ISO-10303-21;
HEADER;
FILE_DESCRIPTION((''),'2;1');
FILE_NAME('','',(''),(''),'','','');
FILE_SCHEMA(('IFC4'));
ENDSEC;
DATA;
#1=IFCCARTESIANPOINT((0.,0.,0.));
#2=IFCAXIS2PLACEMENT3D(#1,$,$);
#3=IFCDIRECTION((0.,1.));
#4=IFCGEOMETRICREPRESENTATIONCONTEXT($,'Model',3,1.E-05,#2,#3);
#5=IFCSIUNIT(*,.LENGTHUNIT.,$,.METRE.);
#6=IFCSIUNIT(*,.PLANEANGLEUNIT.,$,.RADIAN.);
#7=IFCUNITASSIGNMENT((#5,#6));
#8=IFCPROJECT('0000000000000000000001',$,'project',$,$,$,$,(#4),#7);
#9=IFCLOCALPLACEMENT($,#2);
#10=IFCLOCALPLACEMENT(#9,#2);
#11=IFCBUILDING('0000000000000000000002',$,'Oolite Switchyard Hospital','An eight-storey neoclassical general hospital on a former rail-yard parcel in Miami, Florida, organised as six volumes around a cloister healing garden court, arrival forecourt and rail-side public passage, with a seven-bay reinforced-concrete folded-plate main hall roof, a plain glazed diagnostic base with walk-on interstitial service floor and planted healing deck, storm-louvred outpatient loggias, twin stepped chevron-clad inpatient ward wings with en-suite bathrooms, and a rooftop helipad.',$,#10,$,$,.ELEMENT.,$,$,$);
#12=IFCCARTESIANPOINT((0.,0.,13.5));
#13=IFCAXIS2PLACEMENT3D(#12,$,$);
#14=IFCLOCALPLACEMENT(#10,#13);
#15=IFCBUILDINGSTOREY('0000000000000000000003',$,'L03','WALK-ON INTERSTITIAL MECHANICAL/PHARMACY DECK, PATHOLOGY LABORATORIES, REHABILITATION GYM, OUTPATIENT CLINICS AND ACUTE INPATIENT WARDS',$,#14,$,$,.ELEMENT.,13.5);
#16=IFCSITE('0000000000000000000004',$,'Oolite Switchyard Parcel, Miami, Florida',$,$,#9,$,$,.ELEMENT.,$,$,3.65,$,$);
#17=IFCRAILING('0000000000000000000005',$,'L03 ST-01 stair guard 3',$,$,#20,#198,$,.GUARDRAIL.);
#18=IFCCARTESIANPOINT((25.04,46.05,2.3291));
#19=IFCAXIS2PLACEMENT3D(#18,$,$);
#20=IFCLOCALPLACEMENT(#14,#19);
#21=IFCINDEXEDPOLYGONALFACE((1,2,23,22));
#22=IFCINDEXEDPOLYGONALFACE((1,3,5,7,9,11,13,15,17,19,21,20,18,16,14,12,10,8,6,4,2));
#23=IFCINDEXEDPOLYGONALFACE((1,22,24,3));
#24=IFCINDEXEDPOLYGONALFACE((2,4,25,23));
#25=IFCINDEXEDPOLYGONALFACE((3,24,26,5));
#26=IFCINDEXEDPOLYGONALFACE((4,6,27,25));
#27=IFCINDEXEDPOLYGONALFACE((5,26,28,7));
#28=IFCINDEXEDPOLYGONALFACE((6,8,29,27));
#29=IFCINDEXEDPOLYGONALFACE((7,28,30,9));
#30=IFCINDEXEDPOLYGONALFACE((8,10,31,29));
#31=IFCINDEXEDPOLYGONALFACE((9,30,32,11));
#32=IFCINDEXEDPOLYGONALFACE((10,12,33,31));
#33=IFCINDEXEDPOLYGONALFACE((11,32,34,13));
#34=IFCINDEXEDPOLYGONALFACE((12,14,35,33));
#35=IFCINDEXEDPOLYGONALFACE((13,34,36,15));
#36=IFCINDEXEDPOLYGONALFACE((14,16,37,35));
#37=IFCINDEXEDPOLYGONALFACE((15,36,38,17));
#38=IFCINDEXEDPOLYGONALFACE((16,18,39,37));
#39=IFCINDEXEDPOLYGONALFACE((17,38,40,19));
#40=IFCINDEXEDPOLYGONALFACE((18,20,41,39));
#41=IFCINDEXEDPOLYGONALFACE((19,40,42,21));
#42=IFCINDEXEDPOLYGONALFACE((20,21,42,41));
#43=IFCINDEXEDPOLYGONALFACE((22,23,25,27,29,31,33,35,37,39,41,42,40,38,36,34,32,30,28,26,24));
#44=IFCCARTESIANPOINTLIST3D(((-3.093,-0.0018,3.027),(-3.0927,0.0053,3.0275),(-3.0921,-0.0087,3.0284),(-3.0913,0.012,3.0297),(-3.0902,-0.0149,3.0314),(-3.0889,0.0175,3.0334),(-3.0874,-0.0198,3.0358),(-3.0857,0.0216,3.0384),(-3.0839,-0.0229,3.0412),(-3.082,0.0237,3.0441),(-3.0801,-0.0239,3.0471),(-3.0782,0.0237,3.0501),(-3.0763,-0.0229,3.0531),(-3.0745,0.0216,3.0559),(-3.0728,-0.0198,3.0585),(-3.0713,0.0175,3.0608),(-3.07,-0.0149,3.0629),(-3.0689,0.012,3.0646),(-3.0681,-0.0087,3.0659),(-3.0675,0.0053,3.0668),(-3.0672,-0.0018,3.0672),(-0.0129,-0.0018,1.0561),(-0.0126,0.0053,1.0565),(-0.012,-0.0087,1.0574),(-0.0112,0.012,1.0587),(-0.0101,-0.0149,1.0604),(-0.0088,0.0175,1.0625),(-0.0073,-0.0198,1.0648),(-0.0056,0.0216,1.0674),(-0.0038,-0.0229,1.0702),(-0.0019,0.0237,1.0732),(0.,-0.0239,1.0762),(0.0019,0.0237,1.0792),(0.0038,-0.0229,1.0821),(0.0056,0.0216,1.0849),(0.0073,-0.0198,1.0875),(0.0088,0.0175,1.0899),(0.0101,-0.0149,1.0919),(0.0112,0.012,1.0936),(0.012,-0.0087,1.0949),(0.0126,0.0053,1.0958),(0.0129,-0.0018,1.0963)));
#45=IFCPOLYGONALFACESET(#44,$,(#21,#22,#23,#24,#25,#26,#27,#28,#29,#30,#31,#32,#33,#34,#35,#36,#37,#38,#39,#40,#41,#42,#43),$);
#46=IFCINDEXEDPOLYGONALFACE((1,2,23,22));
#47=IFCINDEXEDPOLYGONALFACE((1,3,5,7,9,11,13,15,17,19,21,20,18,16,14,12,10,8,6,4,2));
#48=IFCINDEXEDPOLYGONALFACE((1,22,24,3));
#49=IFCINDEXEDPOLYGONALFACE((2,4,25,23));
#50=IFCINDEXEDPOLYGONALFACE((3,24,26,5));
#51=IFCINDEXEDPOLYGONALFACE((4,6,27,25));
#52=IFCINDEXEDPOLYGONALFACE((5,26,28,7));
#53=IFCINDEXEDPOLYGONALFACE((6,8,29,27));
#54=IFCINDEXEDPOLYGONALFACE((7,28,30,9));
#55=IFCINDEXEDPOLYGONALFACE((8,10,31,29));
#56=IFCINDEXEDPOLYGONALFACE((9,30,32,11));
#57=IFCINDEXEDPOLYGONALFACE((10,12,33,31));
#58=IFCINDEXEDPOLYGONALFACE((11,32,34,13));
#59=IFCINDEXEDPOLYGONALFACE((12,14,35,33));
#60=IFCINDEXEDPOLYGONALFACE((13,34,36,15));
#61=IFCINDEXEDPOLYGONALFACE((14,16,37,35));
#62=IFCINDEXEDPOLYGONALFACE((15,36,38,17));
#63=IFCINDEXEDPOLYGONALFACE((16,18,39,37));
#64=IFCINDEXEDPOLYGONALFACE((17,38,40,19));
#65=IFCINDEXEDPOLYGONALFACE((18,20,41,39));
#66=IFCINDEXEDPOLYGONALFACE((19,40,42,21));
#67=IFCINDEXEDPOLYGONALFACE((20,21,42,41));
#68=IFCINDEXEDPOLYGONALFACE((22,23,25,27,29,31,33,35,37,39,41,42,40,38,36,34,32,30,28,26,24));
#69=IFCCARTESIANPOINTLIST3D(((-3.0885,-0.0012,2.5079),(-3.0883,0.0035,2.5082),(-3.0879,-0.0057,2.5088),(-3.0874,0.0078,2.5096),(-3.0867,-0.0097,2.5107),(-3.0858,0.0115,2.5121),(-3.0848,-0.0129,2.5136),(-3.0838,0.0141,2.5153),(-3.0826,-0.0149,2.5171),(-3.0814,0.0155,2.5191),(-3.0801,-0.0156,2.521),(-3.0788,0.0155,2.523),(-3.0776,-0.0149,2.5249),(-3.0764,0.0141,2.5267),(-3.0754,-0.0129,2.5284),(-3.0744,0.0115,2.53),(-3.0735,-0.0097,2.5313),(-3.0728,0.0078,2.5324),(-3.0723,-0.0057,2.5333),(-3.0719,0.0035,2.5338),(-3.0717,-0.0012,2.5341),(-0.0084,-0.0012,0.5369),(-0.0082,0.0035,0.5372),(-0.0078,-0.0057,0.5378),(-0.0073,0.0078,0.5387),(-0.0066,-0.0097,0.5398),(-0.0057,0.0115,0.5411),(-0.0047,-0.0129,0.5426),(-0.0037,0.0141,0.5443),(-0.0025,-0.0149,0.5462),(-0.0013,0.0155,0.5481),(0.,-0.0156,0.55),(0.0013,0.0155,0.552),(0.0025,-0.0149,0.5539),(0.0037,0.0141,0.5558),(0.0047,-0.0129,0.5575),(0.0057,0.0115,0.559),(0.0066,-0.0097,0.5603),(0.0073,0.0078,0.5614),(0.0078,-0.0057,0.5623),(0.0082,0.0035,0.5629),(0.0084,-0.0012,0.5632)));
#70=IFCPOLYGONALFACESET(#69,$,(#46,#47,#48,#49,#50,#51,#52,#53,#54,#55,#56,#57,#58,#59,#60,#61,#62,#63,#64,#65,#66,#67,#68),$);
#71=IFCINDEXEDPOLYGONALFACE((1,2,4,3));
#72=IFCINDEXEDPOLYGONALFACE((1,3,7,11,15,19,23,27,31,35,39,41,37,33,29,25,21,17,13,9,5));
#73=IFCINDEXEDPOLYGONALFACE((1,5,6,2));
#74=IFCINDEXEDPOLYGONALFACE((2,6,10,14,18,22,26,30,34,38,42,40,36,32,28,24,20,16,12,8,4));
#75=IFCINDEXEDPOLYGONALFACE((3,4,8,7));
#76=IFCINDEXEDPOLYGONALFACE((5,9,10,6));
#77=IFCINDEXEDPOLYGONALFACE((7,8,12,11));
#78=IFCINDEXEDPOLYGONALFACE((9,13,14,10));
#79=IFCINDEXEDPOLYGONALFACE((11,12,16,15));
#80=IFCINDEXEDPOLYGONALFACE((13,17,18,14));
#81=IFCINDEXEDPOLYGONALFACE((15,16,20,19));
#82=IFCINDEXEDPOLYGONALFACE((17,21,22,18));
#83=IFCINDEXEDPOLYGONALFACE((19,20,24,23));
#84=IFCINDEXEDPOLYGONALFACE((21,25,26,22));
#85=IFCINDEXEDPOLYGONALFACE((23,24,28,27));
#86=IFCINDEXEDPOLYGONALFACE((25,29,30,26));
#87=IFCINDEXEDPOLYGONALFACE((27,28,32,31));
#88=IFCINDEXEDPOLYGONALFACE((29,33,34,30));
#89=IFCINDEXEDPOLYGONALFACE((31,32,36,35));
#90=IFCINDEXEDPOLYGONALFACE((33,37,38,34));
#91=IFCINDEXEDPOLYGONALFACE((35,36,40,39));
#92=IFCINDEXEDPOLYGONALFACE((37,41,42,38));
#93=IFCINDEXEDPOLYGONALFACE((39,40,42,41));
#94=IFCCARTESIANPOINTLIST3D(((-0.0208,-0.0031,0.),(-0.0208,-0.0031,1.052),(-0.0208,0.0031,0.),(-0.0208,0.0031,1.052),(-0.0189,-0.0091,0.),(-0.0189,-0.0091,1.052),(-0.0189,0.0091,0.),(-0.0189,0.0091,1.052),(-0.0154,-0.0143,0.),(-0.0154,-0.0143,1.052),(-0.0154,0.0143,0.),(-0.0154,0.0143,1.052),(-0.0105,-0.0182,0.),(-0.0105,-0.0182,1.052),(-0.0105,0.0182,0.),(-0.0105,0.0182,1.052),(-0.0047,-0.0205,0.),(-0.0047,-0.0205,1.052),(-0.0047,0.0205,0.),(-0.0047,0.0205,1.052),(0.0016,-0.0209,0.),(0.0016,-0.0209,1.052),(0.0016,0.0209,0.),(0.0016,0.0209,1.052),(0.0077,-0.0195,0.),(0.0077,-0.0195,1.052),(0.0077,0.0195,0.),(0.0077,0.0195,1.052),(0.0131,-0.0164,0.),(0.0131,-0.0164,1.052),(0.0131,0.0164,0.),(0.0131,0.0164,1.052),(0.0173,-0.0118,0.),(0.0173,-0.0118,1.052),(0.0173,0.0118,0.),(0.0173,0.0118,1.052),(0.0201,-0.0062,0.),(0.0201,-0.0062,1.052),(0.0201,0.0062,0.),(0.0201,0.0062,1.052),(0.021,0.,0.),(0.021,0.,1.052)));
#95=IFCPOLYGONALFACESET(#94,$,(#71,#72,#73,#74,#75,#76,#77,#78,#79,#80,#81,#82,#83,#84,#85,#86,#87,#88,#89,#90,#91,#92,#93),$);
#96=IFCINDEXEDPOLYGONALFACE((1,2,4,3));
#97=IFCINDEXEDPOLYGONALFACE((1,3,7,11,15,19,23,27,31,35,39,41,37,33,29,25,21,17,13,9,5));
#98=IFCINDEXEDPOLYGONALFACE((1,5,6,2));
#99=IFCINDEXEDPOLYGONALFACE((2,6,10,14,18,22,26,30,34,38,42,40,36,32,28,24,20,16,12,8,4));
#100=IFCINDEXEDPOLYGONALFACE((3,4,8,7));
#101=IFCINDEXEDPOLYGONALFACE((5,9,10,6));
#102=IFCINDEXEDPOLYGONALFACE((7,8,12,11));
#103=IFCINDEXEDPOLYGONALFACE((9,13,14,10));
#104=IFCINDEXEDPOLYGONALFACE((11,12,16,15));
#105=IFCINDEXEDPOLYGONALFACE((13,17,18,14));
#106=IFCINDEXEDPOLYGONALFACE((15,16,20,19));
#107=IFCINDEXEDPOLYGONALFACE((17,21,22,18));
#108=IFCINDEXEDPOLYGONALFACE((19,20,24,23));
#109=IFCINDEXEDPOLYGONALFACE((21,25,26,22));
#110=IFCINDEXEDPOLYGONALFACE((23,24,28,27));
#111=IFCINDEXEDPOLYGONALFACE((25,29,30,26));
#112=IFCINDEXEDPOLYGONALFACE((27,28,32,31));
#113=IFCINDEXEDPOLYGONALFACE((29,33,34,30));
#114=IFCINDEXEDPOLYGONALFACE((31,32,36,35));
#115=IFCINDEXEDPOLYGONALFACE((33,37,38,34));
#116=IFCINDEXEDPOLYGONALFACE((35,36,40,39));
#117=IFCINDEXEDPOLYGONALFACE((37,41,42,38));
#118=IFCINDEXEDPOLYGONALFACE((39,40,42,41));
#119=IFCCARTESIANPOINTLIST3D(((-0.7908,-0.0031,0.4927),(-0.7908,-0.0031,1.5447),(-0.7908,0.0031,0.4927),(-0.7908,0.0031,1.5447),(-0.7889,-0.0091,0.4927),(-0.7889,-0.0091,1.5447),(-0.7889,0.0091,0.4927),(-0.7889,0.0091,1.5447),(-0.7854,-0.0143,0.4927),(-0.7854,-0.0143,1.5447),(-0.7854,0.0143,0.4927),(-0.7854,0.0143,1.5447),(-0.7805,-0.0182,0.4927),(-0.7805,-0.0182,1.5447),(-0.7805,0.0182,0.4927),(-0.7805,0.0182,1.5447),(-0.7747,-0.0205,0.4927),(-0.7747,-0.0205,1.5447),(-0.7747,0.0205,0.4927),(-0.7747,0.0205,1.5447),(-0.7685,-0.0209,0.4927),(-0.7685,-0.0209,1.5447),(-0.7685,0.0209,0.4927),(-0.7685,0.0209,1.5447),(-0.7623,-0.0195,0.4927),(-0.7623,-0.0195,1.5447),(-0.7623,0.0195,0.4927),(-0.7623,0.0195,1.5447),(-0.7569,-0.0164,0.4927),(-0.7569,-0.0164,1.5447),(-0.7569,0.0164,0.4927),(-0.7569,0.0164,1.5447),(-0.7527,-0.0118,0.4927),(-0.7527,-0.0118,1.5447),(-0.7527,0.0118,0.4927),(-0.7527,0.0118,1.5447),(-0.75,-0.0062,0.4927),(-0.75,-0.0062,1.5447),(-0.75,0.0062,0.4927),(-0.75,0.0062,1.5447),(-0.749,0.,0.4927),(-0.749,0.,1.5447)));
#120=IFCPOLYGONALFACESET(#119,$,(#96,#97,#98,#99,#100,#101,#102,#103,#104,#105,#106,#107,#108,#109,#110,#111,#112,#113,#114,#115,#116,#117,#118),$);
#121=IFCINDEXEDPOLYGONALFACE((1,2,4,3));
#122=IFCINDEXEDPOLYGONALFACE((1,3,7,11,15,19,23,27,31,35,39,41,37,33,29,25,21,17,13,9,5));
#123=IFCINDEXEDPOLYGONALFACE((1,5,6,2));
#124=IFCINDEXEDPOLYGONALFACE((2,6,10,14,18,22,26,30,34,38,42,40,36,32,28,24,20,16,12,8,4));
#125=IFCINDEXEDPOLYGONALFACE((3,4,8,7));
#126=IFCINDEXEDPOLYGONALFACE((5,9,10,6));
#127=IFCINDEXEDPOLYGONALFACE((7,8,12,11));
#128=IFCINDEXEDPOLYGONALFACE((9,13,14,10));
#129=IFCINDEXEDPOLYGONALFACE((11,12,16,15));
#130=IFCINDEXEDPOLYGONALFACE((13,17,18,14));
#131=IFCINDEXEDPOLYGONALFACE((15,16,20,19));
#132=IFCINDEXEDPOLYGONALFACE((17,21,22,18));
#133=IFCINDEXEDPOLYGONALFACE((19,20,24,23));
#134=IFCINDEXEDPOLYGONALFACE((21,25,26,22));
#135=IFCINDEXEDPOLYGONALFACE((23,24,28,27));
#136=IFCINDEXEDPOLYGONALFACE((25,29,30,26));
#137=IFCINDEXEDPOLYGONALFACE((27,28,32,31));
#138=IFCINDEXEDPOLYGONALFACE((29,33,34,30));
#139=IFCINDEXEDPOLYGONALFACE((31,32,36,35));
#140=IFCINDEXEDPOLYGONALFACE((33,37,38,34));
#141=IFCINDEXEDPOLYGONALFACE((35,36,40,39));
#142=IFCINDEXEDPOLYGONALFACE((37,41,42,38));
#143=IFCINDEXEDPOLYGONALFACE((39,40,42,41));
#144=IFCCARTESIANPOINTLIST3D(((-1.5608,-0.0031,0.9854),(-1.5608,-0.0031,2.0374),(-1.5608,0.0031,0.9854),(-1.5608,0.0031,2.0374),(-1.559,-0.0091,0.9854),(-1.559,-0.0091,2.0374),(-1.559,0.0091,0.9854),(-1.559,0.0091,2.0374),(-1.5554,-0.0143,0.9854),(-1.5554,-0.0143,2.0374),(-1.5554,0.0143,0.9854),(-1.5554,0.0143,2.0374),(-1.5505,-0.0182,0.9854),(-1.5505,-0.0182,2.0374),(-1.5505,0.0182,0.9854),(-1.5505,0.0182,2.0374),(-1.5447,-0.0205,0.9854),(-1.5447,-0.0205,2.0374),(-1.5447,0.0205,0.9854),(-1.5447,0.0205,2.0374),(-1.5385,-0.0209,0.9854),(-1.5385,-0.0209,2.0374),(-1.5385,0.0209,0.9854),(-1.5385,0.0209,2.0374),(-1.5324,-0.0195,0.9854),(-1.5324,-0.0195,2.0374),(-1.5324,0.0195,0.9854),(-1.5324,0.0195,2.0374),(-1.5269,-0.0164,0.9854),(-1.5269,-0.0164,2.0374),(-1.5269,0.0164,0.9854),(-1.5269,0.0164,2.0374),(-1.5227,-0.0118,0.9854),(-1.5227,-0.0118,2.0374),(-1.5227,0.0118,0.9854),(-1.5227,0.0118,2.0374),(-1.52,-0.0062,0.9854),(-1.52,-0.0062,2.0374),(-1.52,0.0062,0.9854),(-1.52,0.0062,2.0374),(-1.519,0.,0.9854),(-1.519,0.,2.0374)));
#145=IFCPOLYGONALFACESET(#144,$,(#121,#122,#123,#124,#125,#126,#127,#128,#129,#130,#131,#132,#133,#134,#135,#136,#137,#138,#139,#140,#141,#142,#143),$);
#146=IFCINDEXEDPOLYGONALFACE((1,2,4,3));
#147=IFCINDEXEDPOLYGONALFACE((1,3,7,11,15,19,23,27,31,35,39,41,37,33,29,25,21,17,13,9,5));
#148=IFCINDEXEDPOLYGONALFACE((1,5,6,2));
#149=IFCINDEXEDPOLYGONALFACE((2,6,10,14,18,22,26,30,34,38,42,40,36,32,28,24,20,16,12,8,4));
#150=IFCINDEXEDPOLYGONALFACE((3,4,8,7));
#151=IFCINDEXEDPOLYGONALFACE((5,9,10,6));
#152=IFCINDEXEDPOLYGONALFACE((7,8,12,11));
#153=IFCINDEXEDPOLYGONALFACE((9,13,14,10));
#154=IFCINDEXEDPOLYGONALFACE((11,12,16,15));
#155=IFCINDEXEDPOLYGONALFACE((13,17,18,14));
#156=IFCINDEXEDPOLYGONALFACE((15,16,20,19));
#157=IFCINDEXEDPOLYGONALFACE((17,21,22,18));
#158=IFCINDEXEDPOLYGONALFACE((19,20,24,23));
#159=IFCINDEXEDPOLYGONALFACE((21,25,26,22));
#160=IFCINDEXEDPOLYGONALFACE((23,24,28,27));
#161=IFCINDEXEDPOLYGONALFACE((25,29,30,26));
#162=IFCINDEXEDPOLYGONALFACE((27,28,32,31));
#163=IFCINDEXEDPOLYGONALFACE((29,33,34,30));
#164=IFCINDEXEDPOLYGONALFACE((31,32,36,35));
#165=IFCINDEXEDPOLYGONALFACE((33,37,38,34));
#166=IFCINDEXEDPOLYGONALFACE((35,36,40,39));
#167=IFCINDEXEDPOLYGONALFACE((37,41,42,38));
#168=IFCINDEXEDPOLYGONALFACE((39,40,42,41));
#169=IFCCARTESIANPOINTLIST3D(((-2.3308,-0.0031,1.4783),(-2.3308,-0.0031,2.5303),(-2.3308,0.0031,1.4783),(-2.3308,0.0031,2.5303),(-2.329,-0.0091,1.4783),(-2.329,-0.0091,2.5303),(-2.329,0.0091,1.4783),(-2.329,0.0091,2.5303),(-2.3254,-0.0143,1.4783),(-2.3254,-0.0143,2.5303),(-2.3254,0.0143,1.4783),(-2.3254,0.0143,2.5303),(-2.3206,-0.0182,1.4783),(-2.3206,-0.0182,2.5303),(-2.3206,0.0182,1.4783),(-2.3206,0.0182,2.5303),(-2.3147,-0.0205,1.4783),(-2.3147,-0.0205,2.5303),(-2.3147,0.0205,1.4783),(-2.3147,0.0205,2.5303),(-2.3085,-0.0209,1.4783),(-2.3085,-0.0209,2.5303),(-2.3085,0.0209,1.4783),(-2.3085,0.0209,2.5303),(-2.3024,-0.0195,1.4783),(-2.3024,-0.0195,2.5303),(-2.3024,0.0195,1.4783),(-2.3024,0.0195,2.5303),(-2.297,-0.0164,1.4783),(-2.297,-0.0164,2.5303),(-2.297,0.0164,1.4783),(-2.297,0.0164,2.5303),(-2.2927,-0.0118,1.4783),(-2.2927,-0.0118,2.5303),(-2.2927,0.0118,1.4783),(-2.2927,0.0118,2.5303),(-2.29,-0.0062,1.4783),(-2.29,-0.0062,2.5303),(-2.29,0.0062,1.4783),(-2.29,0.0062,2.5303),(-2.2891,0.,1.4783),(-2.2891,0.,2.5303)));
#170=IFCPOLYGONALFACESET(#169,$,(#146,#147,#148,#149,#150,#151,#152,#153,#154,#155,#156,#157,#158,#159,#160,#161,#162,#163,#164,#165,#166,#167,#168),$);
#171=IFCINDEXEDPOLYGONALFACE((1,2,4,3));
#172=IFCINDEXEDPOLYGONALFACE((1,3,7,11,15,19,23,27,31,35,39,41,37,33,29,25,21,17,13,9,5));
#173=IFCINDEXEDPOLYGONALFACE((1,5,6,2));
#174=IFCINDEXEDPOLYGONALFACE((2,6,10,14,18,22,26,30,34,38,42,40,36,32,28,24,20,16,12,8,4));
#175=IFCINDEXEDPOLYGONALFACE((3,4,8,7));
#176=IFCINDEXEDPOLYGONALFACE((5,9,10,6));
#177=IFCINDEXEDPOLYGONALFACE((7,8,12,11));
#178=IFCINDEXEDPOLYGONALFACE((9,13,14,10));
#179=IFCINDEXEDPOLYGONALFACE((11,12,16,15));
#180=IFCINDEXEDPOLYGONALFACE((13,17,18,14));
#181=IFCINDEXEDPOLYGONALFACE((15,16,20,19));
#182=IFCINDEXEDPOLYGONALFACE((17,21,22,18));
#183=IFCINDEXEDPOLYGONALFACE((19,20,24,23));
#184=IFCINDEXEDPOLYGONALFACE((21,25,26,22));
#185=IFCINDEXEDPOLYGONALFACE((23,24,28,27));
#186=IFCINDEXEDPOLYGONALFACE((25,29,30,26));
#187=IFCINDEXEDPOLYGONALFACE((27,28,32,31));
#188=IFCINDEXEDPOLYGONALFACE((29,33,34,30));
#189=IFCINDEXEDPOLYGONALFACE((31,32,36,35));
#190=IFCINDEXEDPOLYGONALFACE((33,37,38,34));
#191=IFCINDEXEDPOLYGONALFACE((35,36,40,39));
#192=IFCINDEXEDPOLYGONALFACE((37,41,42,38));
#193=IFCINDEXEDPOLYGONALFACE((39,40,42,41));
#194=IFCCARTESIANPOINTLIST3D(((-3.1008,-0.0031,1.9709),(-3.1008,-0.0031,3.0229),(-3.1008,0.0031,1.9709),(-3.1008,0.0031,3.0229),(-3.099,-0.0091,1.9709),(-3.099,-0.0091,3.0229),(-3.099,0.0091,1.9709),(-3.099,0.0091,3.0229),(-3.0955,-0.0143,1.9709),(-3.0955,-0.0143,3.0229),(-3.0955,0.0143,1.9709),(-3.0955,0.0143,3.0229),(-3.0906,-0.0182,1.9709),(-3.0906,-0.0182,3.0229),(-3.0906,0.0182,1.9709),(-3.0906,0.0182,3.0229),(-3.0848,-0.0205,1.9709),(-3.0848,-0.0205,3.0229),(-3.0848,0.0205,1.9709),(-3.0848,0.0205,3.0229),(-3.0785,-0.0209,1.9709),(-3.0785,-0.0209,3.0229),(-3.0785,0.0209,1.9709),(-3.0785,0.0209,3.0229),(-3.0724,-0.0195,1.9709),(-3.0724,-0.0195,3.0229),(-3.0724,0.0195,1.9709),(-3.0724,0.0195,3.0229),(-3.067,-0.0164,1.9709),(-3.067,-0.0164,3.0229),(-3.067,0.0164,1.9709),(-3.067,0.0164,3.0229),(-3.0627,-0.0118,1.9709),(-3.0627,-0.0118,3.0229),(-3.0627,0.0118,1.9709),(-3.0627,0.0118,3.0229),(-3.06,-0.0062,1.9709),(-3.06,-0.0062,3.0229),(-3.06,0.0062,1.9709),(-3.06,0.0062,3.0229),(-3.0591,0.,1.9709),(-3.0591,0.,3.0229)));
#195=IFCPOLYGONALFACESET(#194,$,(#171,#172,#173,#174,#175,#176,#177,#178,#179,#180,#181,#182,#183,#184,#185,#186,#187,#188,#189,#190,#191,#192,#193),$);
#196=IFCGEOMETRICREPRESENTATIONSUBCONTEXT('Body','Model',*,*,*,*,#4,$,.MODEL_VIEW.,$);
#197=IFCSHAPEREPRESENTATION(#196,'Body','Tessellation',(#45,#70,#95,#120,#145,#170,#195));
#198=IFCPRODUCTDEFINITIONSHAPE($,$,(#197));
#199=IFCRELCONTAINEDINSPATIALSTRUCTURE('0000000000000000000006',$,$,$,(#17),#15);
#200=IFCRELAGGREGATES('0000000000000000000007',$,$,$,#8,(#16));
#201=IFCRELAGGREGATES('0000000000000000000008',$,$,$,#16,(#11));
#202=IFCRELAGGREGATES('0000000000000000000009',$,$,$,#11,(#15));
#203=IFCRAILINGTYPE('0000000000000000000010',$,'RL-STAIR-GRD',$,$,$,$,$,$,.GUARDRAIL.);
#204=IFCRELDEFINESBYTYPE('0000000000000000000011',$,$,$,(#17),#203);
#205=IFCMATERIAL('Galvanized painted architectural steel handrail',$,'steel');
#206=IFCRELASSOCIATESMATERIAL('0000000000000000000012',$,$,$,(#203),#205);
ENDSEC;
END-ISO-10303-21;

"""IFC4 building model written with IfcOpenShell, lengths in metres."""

from ifc_helpers import new_model, si_unit, direction, frame, origin, origin_2d, place, context, subcontext, project, spatial, circle, extrude, material, type_object, element, save


model = new_model("IFC4")

# Units and contexts
model_context = context("Model", 3, precision=1e-05, world=origin(), true_north=direction((0.0, 1.0)))
body_context = subcontext(model_context, "Body", "Model", "MODEL_VIEW")
ifc_project = project(units=[si_unit("LENGTHUNIT", "METRE"), si_unit("PLANEANGLEUNIT", "RADIAN")], contexts=[model_context])

# Site, building, storey
site_placement = place(None, origin())
site = spatial("IfcSite", under=ifc_project, at=site_placement, Name="Oolite Switchyard Parcel, Miami, Florida", CompositionType="ELEMENT", RefElevation=3.65)
building_placement = place(site_placement, origin())
building = spatial("IfcBuilding", under=site, at=building_placement, Name="Oolite Switchyard Hospital", Description="An eight-storey neoclassical general hospital on a former rail-yard parcel in Miami, Florida, organised as six volumes around a cloister healing garden court, arrival forecourt and rail-side public passage, with a seven-bay reinforced-concrete folded-plate main hall roof, a plain glazed diagnostic base with walk-on interstitial service floor and planted healing deck, storm-louvred outpatient loggias, twin stepped chevron-clad inpatient ward wings with en-suite bathrooms, and a rooftop helipad.", CompositionType="ELEMENT")
storey_placement = place(building_placement, frame((0.0, 0.0, 13.5)))
storey = spatial("IfcBuildingStorey", under=building, at=storey_placement, Name="L03", Description="WALK-ON INTERSTITIAL MECHANICAL/PHARMACY DECK, PATHOLOGY LABORATORIES, REHABILITATION GYM, OUTPATIENT CLINICS AND ACUTE INPATIENT WARDS", CompositionType="ELEMENT", Elevation=13.5)

# Railing
ifc_material_1 = material(Name="Galvanized painted architectural steel handrail", Category="steel")
railing_type_1 = type_object("IfcRailingType", Name="RL-STAIR-GRD", PredefinedType="GUARDRAIL", material=ifc_material_1)
railing_1_placement = place(storey_placement, frame((25.04, 46.05, 2.3291)))
element("IfcRailing", 1, at=railing_1_placement, inside=storey, type_object=railing_type_1, Name="L03 ST-01 stair guard 3", PredefinedType="GUARDRAIL", context=body_context, shape_type="SweptSolid", body=[
    extrude(circle(Radius=0.0239, at=origin_2d()), frame((0.0, 0.0, 1.0762), z_axis=(-0.842309, 0.0, 0.538995), x_axis=(0.0, -1.0, 0.0)), (0.0, 0.0, 1.0), 3.6567),
    extrude(circle(Radius=0.0156, at=origin_2d()), frame((0.0, 0.0, 0.55), z_axis=(-0.842309, 0.0, 0.538995), x_axis=(0.0, -1.0, 0.0)), (0.0, 0.0, 1.0), 3.6567),
    extrude(circle(Radius=0.021, at=origin_2d()), origin(), (0.0, 0.0, 1.0), 1.052),
    extrude(circle(Radius=0.021, at=origin_2d()), frame((-0.77, 0.0, 0.4927)), (0.0, 0.0, 1.0), 1.052),
    extrude(circle(Radius=0.021, at=origin_2d()), frame((-1.54, 0.0, 0.9854)), (0.0, 0.0, 1.0), 1.052),
    extrude(circle(Radius=0.021, at=origin_2d()), frame((-2.3101, 0.0, 1.4783)), (0.0, 0.0, 1.0), 1.052),
    extrude(circle(Radius=0.021, at=origin_2d()), frame((-3.0801, 0.0, 1.9709)), (0.0, 0.0, 1.0), 1.052),
])

save(model, "model.ifc")
